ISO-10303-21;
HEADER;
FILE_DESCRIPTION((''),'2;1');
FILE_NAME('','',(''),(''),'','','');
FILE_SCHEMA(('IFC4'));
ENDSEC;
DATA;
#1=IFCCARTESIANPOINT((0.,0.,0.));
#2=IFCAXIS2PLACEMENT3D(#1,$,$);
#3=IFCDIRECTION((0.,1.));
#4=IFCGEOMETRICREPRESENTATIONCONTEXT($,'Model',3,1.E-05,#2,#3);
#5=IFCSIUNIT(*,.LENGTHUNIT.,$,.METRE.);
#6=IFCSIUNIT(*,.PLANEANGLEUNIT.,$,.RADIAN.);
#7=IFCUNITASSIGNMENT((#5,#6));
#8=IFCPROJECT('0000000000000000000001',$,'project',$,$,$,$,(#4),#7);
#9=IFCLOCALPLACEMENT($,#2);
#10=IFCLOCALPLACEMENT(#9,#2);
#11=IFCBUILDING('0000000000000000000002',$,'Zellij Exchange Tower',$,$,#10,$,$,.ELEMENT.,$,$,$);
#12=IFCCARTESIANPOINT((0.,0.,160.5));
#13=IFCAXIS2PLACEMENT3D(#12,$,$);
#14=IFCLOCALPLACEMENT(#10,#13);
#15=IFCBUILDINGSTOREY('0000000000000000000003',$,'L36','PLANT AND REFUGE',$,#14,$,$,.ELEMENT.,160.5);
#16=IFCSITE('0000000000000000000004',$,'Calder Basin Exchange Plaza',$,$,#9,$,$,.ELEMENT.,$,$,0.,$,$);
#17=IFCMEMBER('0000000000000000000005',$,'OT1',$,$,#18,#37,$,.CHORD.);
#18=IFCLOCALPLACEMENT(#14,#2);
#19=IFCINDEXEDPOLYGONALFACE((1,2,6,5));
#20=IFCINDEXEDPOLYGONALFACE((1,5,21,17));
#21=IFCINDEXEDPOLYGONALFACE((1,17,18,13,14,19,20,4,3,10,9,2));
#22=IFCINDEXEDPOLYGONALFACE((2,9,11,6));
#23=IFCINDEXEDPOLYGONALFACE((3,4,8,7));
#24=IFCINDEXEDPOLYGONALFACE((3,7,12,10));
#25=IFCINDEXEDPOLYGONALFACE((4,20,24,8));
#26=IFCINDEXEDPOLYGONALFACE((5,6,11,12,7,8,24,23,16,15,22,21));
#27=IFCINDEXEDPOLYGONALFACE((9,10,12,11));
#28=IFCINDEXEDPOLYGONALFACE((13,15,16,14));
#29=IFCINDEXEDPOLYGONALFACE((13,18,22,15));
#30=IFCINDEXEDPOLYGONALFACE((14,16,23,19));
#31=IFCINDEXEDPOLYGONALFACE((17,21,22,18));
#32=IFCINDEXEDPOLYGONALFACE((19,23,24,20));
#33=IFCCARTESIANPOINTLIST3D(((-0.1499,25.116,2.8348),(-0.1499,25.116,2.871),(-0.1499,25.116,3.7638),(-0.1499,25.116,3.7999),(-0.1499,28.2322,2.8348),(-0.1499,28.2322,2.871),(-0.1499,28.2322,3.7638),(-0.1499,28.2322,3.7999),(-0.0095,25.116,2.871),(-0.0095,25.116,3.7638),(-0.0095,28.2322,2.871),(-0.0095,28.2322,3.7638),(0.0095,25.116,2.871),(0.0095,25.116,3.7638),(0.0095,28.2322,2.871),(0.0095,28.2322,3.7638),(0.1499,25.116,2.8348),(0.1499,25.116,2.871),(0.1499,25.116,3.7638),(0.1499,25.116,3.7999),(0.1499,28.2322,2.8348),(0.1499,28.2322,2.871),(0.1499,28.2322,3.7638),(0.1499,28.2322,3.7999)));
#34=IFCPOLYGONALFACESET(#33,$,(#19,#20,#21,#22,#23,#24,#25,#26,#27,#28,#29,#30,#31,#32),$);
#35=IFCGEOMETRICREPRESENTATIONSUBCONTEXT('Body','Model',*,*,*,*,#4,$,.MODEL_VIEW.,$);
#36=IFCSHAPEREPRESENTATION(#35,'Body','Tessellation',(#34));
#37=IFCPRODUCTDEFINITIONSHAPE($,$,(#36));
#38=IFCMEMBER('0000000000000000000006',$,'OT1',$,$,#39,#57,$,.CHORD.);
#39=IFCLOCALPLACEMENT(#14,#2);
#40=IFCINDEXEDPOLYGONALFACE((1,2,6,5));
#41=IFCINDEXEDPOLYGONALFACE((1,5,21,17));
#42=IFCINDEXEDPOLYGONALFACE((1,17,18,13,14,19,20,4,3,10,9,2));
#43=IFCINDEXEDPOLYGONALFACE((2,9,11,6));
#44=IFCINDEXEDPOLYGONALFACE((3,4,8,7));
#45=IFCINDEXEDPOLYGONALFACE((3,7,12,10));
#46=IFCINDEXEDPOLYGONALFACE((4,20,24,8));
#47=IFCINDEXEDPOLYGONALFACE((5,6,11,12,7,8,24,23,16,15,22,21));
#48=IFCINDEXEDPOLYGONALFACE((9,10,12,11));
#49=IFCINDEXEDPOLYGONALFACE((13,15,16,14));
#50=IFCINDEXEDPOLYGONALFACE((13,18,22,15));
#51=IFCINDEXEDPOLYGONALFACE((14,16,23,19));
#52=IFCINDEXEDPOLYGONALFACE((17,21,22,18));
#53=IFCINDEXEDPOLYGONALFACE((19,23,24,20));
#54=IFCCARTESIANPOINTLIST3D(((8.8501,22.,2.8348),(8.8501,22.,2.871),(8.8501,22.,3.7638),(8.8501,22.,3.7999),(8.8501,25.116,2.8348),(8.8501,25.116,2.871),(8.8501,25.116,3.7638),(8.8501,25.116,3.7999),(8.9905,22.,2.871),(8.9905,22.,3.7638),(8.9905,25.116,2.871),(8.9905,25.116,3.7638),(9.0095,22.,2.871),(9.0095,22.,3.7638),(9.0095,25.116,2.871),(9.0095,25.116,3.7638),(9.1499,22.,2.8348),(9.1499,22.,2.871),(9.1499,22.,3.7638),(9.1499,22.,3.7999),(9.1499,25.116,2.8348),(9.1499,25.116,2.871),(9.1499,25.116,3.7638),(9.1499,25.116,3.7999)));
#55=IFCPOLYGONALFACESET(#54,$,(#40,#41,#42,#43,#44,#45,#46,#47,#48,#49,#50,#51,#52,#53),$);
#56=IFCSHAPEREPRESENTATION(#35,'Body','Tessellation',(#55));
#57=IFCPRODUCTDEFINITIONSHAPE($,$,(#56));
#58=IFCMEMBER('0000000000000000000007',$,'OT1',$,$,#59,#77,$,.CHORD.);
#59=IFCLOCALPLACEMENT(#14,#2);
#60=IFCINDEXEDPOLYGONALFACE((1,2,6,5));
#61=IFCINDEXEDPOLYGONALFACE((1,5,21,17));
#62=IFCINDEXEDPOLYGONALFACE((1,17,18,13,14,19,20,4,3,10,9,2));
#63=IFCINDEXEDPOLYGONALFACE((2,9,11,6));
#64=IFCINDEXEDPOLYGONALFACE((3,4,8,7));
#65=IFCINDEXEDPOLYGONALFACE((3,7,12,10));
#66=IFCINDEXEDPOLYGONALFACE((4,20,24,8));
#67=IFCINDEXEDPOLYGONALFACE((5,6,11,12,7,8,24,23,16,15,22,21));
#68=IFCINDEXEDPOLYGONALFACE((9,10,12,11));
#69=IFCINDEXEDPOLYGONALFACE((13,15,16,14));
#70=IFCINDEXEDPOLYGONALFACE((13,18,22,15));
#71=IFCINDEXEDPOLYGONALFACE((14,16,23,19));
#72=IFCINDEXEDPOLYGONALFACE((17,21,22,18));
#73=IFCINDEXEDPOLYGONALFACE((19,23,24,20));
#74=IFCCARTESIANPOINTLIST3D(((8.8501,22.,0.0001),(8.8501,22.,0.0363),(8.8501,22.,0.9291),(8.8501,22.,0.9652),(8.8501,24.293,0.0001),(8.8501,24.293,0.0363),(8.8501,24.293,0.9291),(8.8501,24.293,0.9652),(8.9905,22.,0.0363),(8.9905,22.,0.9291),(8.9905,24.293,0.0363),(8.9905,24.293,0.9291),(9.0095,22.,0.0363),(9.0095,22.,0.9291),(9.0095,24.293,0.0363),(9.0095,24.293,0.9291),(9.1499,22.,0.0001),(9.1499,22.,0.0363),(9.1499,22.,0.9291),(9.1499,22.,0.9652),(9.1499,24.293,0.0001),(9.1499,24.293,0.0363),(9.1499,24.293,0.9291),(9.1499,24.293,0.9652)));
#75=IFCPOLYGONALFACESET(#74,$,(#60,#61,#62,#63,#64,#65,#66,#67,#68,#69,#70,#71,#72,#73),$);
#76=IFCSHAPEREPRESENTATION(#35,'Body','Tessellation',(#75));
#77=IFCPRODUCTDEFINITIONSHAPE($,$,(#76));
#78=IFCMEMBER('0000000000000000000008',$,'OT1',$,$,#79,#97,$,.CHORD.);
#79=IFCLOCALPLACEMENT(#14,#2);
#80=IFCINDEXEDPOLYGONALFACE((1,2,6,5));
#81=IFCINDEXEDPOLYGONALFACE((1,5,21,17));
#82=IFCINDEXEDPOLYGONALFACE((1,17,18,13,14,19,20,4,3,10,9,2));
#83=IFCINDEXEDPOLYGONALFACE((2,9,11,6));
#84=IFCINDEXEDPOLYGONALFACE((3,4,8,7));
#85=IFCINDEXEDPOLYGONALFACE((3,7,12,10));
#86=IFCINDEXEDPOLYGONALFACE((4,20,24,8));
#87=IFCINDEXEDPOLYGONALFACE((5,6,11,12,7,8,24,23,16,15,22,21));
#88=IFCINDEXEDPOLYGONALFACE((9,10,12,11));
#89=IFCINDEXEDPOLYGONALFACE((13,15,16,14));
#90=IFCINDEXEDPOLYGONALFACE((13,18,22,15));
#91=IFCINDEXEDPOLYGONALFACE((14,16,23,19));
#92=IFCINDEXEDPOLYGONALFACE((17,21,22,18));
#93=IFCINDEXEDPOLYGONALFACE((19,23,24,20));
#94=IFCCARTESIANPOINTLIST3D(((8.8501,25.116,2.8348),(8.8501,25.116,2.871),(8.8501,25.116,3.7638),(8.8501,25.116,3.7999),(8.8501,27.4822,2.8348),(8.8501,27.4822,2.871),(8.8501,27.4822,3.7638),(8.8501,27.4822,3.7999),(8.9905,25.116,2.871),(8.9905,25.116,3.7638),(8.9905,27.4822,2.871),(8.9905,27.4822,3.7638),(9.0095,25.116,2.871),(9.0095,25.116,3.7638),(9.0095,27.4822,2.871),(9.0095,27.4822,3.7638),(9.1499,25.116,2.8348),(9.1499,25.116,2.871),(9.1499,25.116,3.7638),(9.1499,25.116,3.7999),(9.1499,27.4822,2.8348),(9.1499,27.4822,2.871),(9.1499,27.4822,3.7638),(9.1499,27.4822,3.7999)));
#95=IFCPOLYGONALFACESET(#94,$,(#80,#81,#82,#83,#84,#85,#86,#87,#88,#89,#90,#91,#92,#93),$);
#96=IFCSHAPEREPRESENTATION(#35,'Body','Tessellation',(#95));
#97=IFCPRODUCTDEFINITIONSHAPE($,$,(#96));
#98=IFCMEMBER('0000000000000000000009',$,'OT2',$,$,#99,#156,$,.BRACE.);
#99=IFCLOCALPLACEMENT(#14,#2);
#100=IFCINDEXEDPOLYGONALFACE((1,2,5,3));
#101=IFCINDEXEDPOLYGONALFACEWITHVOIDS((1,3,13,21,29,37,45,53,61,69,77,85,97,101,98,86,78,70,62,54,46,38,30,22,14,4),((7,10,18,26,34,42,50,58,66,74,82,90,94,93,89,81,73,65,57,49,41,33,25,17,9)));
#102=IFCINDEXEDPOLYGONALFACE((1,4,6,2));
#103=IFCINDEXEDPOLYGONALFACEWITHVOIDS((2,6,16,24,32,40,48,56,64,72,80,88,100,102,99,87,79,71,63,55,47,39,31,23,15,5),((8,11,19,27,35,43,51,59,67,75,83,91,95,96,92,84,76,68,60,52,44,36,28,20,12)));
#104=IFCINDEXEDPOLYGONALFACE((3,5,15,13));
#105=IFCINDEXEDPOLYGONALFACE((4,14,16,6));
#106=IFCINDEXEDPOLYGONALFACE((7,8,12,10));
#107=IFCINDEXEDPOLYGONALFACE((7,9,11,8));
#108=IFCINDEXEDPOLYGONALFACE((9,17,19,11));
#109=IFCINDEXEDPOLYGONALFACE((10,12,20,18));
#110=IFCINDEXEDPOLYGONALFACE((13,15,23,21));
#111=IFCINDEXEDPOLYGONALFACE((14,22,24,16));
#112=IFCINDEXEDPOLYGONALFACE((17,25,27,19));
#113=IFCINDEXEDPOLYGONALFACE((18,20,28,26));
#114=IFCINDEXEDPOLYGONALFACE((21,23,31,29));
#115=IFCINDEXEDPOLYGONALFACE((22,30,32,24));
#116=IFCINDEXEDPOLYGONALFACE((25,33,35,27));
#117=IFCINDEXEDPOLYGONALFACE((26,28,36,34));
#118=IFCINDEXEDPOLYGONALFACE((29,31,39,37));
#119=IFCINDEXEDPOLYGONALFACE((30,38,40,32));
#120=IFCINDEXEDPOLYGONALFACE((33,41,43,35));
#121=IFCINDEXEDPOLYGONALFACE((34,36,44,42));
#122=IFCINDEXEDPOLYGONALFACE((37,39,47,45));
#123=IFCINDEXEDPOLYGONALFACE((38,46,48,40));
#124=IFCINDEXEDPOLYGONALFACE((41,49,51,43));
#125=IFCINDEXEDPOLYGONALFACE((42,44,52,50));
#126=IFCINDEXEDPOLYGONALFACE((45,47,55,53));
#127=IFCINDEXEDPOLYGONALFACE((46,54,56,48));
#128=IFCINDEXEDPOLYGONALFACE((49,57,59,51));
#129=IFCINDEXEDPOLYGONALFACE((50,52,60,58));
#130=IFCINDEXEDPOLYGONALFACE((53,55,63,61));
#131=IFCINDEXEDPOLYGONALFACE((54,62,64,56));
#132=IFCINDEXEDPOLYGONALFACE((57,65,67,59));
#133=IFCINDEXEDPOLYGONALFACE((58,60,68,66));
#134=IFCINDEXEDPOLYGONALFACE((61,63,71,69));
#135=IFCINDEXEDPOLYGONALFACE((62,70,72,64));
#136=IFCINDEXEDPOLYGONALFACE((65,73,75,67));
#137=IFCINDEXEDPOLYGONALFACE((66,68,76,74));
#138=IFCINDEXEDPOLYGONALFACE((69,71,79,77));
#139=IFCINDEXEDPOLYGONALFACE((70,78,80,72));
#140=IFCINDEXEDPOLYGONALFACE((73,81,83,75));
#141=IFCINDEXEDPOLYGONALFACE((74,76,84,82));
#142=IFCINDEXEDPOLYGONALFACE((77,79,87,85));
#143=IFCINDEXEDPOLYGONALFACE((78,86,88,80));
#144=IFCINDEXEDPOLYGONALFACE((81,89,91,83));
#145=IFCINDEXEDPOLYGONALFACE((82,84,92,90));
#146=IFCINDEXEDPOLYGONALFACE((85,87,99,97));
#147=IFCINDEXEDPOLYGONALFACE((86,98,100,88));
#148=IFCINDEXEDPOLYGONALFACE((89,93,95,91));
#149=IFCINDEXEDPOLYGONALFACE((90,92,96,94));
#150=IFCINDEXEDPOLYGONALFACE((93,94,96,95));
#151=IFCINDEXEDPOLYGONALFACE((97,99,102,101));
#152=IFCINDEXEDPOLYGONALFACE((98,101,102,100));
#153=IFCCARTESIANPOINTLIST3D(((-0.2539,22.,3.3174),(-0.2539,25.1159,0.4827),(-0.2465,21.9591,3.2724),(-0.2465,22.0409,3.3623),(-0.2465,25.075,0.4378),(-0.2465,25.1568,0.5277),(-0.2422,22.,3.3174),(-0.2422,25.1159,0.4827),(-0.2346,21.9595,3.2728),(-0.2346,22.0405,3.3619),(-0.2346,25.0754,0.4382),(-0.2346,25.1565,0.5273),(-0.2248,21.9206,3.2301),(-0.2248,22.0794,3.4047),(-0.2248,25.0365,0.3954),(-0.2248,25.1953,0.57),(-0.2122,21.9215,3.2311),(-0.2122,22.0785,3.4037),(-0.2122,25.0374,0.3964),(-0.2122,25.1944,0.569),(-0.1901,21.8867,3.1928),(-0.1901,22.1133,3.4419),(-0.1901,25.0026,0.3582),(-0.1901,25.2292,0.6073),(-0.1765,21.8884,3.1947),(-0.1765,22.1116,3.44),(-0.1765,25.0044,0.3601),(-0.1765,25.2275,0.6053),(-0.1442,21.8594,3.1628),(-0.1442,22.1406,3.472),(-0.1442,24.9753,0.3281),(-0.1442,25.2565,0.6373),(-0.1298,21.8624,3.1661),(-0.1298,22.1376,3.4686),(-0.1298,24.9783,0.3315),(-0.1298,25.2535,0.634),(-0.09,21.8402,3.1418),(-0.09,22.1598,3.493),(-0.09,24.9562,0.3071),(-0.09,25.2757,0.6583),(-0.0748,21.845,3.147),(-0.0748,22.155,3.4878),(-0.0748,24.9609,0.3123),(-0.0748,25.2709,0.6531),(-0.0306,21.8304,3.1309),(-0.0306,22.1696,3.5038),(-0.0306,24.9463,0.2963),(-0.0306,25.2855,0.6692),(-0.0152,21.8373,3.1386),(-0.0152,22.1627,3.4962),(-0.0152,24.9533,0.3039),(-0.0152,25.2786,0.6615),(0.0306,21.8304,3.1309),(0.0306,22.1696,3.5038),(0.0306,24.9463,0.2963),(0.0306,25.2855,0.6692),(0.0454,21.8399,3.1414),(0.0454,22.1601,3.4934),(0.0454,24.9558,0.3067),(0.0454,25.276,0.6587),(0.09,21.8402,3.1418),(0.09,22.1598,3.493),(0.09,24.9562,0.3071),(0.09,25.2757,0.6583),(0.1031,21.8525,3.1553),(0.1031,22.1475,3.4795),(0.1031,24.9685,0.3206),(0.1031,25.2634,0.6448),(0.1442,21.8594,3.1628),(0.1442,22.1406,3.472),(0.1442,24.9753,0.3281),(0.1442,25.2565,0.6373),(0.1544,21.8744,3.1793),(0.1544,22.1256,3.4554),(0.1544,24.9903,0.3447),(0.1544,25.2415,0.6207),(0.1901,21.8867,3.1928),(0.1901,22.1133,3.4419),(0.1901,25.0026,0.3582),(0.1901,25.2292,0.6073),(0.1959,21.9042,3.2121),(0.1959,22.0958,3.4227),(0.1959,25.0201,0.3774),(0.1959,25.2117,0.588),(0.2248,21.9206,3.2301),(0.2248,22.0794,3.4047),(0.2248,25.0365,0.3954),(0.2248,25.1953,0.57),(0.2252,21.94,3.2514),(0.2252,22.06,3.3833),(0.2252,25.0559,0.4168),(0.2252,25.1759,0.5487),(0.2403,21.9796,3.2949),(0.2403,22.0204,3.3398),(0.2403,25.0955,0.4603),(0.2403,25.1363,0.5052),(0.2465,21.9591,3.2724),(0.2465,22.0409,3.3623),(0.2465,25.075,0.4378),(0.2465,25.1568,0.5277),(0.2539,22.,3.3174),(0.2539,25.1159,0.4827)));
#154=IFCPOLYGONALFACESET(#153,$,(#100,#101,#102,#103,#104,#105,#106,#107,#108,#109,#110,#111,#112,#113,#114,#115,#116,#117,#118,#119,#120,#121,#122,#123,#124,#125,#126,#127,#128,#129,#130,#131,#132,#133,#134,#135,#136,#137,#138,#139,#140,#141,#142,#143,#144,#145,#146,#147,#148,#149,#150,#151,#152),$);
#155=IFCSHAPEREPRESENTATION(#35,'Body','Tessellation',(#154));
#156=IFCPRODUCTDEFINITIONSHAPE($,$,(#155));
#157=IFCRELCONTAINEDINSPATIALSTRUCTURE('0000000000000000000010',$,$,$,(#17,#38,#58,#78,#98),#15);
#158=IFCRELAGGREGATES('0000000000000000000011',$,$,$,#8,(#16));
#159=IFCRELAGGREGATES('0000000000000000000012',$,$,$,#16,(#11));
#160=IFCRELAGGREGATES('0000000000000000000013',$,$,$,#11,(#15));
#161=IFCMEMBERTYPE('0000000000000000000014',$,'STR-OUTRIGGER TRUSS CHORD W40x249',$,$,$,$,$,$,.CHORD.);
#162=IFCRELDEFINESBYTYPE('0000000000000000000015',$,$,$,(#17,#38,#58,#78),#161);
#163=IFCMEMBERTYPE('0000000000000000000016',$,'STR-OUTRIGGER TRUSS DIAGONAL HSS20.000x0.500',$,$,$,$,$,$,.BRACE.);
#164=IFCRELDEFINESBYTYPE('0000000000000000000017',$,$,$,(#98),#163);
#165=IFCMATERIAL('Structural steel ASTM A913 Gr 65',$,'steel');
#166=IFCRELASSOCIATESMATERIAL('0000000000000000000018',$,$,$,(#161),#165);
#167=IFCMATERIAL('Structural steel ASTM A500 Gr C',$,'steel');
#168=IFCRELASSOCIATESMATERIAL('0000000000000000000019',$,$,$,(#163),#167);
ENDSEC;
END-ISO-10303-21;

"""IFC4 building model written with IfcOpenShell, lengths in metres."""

from ifc_helpers import new_model, si_unit, direction, frame, origin, origin_2d, place, context, subcontext, project, spatial, hollow_circle, i_section, extrude, material, material_profile, profile_set, type_object, element, save


model = new_model("IFC4")

# Units and contexts
model_context = context("Model", 3, precision=1e-05, world=origin(), true_north=direction((0.0, 1.0)))
body_context = subcontext(model_context, "Body", "Model", "MODEL_VIEW")
ifc_project = project(units=[si_unit("LENGTHUNIT", "METRE"), si_unit("PLANEANGLEUNIT", "RADIAN")], contexts=[model_context])

# Site, building, storey
site_placement = place(None, origin())
site = spatial("IfcSite", under=ifc_project, at=site_placement, Name="Calder Basin Exchange Plaza", CompositionType="ELEMENT", RefElevation=0.0)
building_placement = place(site_placement, origin())
building = spatial("IfcBuilding", under=site, at=building_placement, Name="Zellij Exchange Tower", CompositionType="ELEMENT")
storey_placement = place(building_placement, frame((0.0, 0.0, 160.5)))
storey = spatial("IfcBuildingStorey", under=building, at=storey_placement, Name="L36", Description="PLANT AND REFUGE", CompositionType="ELEMENT", Elevation=160.5)

# Members
ifc_material_1 = material(Name="Structural steel ASTM A500 Gr C", Category="steel")
ifc_material_2 = material(Name="Structural steel ASTM A913 Gr 65", Category="steel")
ifc_material_profile_1 = material_profile(ifc_material_2, i_section(OverallWidth=0.2998, OverallDepth=0.9651, WebThickness=0.019, FlangeThickness=0.0361, at=origin_2d()), Name="W40x249")
ifc_profile_set_1 = profile_set([ifc_material_profile_1], Name="Structural steel ASTM A913 Gr 65")
member_type_1 = type_object("IfcMemberType", Name="STR-OUTRIGGER TRUSS CHORD W40x249", PredefinedType="CHORD", material=ifc_profile_set_1)
member_1_placement = place(storey_placement, frame((0.0, 25.116, 3.3174), z_axis=(0.0, 1.0, 0.0), x_axis=(-1.0, 0.0, 0.0)))
element("IfcMember", 1, at=member_1_placement, inside=storey, type_object=member_type_1, Name="OT1", PredefinedType="CHORD", context=body_context, shape_type="SweptSolid", body=[
    extrude(i_section(OverallWidth=0.2998, OverallDepth=0.9651, WebThickness=0.019, FlangeThickness=0.0361, at=origin_2d()), origin(), (0.0, 0.0, 1.0), 3.1162),
])
member_2_placement = place(storey_placement, frame((9.0, 22.0, 3.3174), z_axis=(0.0, 1.0, 0.0), x_axis=(-1.0, 0.0, 0.0)))
element("IfcMember", 2, at=member_2_placement, inside=storey, type_object=member_type_1, Name="OT1", PredefinedType="CHORD", context=body_context, shape_type="SweptSolid", body=[
    extrude(i_section(OverallWidth=0.2998, OverallDepth=0.9651, WebThickness=0.019, FlangeThickness=0.0361, at=origin_2d()), origin(), (0.0, 0.0, 1.0), 3.116),
])
member_3_placement = place(storey_placement, frame((9.0, 22.0, 0.4827), z_axis=(0.0, 1.0, 0.0), x_axis=(-1.0, 0.0, 0.0)))
element("IfcMember", 3, at=member_3_placement, inside=storey, type_object=member_type_1, Name="OT1", PredefinedType="CHORD", context=body_context, shape_type="SweptSolid", body=[
    extrude(i_section(OverallWidth=0.2998, OverallDepth=0.9651, WebThickness=0.019, FlangeThickness=0.0361, at=origin_2d()), origin(), (0.0, 0.0, 1.0), 2.293),
])
member_4_placement = place(storey_placement, frame((9.0, 25.116, 3.3174), z_axis=(0.0, 1.0, 0.0), x_axis=(-1.0, 0.0, 0.0)))
element("IfcMember", 4, at=member_4_placement, inside=storey, type_object=member_type_1, Name="OT1", PredefinedType="CHORD", context=body_context, shape_type="SweptSolid", body=[
    extrude(i_section(OverallWidth=0.2998, OverallDepth=0.9651, WebThickness=0.019, FlangeThickness=0.0361, at=origin_2d()), origin(), (0.0, 0.0, 1.0), 2.3662),
])
ifc_material_profile_2 = material_profile(ifc_material_1, hollow_circle(Radius=0.2539, WallThickness=0.0117, at=origin_2d()), Name="STR-OUTRIGGER TRUSS DIAGONAL HSS20.000x0.500")
ifc_profile_set_2 = profile_set([ifc_material_profile_2], Name="Structural steel ASTM A500 Gr C")
member_type_2 = type_object("IfcMemberType", Name="STR-OUTRIGGER TRUSS DIAGONAL HSS20.000x0.500", PredefinedType="BRACE", material=ifc_profile_set_2)
for number, where, z_axis, x_axis, name in (
    (5, (0.0, 22.0, 3.3174), (0.0, 0.739701, -0.672935), (-1.0, 0.0, 0.0), "OT2"),
):
    element("IfcMember", number, at=place(storey_placement, frame(where, z_axis=z_axis, x_axis=x_axis)), inside=storey, type_object=member_type_2, Name=name, PredefinedType="BRACE", context=body_context, shape_type="SweptSolid", body=[
        extrude(hollow_circle(Radius=0.2539, WallThickness=0.0117, at=origin_2d()), origin(), (0.0, 0.0, 1.0), 4.2124),
    ])

save(model, "model.ifc")
